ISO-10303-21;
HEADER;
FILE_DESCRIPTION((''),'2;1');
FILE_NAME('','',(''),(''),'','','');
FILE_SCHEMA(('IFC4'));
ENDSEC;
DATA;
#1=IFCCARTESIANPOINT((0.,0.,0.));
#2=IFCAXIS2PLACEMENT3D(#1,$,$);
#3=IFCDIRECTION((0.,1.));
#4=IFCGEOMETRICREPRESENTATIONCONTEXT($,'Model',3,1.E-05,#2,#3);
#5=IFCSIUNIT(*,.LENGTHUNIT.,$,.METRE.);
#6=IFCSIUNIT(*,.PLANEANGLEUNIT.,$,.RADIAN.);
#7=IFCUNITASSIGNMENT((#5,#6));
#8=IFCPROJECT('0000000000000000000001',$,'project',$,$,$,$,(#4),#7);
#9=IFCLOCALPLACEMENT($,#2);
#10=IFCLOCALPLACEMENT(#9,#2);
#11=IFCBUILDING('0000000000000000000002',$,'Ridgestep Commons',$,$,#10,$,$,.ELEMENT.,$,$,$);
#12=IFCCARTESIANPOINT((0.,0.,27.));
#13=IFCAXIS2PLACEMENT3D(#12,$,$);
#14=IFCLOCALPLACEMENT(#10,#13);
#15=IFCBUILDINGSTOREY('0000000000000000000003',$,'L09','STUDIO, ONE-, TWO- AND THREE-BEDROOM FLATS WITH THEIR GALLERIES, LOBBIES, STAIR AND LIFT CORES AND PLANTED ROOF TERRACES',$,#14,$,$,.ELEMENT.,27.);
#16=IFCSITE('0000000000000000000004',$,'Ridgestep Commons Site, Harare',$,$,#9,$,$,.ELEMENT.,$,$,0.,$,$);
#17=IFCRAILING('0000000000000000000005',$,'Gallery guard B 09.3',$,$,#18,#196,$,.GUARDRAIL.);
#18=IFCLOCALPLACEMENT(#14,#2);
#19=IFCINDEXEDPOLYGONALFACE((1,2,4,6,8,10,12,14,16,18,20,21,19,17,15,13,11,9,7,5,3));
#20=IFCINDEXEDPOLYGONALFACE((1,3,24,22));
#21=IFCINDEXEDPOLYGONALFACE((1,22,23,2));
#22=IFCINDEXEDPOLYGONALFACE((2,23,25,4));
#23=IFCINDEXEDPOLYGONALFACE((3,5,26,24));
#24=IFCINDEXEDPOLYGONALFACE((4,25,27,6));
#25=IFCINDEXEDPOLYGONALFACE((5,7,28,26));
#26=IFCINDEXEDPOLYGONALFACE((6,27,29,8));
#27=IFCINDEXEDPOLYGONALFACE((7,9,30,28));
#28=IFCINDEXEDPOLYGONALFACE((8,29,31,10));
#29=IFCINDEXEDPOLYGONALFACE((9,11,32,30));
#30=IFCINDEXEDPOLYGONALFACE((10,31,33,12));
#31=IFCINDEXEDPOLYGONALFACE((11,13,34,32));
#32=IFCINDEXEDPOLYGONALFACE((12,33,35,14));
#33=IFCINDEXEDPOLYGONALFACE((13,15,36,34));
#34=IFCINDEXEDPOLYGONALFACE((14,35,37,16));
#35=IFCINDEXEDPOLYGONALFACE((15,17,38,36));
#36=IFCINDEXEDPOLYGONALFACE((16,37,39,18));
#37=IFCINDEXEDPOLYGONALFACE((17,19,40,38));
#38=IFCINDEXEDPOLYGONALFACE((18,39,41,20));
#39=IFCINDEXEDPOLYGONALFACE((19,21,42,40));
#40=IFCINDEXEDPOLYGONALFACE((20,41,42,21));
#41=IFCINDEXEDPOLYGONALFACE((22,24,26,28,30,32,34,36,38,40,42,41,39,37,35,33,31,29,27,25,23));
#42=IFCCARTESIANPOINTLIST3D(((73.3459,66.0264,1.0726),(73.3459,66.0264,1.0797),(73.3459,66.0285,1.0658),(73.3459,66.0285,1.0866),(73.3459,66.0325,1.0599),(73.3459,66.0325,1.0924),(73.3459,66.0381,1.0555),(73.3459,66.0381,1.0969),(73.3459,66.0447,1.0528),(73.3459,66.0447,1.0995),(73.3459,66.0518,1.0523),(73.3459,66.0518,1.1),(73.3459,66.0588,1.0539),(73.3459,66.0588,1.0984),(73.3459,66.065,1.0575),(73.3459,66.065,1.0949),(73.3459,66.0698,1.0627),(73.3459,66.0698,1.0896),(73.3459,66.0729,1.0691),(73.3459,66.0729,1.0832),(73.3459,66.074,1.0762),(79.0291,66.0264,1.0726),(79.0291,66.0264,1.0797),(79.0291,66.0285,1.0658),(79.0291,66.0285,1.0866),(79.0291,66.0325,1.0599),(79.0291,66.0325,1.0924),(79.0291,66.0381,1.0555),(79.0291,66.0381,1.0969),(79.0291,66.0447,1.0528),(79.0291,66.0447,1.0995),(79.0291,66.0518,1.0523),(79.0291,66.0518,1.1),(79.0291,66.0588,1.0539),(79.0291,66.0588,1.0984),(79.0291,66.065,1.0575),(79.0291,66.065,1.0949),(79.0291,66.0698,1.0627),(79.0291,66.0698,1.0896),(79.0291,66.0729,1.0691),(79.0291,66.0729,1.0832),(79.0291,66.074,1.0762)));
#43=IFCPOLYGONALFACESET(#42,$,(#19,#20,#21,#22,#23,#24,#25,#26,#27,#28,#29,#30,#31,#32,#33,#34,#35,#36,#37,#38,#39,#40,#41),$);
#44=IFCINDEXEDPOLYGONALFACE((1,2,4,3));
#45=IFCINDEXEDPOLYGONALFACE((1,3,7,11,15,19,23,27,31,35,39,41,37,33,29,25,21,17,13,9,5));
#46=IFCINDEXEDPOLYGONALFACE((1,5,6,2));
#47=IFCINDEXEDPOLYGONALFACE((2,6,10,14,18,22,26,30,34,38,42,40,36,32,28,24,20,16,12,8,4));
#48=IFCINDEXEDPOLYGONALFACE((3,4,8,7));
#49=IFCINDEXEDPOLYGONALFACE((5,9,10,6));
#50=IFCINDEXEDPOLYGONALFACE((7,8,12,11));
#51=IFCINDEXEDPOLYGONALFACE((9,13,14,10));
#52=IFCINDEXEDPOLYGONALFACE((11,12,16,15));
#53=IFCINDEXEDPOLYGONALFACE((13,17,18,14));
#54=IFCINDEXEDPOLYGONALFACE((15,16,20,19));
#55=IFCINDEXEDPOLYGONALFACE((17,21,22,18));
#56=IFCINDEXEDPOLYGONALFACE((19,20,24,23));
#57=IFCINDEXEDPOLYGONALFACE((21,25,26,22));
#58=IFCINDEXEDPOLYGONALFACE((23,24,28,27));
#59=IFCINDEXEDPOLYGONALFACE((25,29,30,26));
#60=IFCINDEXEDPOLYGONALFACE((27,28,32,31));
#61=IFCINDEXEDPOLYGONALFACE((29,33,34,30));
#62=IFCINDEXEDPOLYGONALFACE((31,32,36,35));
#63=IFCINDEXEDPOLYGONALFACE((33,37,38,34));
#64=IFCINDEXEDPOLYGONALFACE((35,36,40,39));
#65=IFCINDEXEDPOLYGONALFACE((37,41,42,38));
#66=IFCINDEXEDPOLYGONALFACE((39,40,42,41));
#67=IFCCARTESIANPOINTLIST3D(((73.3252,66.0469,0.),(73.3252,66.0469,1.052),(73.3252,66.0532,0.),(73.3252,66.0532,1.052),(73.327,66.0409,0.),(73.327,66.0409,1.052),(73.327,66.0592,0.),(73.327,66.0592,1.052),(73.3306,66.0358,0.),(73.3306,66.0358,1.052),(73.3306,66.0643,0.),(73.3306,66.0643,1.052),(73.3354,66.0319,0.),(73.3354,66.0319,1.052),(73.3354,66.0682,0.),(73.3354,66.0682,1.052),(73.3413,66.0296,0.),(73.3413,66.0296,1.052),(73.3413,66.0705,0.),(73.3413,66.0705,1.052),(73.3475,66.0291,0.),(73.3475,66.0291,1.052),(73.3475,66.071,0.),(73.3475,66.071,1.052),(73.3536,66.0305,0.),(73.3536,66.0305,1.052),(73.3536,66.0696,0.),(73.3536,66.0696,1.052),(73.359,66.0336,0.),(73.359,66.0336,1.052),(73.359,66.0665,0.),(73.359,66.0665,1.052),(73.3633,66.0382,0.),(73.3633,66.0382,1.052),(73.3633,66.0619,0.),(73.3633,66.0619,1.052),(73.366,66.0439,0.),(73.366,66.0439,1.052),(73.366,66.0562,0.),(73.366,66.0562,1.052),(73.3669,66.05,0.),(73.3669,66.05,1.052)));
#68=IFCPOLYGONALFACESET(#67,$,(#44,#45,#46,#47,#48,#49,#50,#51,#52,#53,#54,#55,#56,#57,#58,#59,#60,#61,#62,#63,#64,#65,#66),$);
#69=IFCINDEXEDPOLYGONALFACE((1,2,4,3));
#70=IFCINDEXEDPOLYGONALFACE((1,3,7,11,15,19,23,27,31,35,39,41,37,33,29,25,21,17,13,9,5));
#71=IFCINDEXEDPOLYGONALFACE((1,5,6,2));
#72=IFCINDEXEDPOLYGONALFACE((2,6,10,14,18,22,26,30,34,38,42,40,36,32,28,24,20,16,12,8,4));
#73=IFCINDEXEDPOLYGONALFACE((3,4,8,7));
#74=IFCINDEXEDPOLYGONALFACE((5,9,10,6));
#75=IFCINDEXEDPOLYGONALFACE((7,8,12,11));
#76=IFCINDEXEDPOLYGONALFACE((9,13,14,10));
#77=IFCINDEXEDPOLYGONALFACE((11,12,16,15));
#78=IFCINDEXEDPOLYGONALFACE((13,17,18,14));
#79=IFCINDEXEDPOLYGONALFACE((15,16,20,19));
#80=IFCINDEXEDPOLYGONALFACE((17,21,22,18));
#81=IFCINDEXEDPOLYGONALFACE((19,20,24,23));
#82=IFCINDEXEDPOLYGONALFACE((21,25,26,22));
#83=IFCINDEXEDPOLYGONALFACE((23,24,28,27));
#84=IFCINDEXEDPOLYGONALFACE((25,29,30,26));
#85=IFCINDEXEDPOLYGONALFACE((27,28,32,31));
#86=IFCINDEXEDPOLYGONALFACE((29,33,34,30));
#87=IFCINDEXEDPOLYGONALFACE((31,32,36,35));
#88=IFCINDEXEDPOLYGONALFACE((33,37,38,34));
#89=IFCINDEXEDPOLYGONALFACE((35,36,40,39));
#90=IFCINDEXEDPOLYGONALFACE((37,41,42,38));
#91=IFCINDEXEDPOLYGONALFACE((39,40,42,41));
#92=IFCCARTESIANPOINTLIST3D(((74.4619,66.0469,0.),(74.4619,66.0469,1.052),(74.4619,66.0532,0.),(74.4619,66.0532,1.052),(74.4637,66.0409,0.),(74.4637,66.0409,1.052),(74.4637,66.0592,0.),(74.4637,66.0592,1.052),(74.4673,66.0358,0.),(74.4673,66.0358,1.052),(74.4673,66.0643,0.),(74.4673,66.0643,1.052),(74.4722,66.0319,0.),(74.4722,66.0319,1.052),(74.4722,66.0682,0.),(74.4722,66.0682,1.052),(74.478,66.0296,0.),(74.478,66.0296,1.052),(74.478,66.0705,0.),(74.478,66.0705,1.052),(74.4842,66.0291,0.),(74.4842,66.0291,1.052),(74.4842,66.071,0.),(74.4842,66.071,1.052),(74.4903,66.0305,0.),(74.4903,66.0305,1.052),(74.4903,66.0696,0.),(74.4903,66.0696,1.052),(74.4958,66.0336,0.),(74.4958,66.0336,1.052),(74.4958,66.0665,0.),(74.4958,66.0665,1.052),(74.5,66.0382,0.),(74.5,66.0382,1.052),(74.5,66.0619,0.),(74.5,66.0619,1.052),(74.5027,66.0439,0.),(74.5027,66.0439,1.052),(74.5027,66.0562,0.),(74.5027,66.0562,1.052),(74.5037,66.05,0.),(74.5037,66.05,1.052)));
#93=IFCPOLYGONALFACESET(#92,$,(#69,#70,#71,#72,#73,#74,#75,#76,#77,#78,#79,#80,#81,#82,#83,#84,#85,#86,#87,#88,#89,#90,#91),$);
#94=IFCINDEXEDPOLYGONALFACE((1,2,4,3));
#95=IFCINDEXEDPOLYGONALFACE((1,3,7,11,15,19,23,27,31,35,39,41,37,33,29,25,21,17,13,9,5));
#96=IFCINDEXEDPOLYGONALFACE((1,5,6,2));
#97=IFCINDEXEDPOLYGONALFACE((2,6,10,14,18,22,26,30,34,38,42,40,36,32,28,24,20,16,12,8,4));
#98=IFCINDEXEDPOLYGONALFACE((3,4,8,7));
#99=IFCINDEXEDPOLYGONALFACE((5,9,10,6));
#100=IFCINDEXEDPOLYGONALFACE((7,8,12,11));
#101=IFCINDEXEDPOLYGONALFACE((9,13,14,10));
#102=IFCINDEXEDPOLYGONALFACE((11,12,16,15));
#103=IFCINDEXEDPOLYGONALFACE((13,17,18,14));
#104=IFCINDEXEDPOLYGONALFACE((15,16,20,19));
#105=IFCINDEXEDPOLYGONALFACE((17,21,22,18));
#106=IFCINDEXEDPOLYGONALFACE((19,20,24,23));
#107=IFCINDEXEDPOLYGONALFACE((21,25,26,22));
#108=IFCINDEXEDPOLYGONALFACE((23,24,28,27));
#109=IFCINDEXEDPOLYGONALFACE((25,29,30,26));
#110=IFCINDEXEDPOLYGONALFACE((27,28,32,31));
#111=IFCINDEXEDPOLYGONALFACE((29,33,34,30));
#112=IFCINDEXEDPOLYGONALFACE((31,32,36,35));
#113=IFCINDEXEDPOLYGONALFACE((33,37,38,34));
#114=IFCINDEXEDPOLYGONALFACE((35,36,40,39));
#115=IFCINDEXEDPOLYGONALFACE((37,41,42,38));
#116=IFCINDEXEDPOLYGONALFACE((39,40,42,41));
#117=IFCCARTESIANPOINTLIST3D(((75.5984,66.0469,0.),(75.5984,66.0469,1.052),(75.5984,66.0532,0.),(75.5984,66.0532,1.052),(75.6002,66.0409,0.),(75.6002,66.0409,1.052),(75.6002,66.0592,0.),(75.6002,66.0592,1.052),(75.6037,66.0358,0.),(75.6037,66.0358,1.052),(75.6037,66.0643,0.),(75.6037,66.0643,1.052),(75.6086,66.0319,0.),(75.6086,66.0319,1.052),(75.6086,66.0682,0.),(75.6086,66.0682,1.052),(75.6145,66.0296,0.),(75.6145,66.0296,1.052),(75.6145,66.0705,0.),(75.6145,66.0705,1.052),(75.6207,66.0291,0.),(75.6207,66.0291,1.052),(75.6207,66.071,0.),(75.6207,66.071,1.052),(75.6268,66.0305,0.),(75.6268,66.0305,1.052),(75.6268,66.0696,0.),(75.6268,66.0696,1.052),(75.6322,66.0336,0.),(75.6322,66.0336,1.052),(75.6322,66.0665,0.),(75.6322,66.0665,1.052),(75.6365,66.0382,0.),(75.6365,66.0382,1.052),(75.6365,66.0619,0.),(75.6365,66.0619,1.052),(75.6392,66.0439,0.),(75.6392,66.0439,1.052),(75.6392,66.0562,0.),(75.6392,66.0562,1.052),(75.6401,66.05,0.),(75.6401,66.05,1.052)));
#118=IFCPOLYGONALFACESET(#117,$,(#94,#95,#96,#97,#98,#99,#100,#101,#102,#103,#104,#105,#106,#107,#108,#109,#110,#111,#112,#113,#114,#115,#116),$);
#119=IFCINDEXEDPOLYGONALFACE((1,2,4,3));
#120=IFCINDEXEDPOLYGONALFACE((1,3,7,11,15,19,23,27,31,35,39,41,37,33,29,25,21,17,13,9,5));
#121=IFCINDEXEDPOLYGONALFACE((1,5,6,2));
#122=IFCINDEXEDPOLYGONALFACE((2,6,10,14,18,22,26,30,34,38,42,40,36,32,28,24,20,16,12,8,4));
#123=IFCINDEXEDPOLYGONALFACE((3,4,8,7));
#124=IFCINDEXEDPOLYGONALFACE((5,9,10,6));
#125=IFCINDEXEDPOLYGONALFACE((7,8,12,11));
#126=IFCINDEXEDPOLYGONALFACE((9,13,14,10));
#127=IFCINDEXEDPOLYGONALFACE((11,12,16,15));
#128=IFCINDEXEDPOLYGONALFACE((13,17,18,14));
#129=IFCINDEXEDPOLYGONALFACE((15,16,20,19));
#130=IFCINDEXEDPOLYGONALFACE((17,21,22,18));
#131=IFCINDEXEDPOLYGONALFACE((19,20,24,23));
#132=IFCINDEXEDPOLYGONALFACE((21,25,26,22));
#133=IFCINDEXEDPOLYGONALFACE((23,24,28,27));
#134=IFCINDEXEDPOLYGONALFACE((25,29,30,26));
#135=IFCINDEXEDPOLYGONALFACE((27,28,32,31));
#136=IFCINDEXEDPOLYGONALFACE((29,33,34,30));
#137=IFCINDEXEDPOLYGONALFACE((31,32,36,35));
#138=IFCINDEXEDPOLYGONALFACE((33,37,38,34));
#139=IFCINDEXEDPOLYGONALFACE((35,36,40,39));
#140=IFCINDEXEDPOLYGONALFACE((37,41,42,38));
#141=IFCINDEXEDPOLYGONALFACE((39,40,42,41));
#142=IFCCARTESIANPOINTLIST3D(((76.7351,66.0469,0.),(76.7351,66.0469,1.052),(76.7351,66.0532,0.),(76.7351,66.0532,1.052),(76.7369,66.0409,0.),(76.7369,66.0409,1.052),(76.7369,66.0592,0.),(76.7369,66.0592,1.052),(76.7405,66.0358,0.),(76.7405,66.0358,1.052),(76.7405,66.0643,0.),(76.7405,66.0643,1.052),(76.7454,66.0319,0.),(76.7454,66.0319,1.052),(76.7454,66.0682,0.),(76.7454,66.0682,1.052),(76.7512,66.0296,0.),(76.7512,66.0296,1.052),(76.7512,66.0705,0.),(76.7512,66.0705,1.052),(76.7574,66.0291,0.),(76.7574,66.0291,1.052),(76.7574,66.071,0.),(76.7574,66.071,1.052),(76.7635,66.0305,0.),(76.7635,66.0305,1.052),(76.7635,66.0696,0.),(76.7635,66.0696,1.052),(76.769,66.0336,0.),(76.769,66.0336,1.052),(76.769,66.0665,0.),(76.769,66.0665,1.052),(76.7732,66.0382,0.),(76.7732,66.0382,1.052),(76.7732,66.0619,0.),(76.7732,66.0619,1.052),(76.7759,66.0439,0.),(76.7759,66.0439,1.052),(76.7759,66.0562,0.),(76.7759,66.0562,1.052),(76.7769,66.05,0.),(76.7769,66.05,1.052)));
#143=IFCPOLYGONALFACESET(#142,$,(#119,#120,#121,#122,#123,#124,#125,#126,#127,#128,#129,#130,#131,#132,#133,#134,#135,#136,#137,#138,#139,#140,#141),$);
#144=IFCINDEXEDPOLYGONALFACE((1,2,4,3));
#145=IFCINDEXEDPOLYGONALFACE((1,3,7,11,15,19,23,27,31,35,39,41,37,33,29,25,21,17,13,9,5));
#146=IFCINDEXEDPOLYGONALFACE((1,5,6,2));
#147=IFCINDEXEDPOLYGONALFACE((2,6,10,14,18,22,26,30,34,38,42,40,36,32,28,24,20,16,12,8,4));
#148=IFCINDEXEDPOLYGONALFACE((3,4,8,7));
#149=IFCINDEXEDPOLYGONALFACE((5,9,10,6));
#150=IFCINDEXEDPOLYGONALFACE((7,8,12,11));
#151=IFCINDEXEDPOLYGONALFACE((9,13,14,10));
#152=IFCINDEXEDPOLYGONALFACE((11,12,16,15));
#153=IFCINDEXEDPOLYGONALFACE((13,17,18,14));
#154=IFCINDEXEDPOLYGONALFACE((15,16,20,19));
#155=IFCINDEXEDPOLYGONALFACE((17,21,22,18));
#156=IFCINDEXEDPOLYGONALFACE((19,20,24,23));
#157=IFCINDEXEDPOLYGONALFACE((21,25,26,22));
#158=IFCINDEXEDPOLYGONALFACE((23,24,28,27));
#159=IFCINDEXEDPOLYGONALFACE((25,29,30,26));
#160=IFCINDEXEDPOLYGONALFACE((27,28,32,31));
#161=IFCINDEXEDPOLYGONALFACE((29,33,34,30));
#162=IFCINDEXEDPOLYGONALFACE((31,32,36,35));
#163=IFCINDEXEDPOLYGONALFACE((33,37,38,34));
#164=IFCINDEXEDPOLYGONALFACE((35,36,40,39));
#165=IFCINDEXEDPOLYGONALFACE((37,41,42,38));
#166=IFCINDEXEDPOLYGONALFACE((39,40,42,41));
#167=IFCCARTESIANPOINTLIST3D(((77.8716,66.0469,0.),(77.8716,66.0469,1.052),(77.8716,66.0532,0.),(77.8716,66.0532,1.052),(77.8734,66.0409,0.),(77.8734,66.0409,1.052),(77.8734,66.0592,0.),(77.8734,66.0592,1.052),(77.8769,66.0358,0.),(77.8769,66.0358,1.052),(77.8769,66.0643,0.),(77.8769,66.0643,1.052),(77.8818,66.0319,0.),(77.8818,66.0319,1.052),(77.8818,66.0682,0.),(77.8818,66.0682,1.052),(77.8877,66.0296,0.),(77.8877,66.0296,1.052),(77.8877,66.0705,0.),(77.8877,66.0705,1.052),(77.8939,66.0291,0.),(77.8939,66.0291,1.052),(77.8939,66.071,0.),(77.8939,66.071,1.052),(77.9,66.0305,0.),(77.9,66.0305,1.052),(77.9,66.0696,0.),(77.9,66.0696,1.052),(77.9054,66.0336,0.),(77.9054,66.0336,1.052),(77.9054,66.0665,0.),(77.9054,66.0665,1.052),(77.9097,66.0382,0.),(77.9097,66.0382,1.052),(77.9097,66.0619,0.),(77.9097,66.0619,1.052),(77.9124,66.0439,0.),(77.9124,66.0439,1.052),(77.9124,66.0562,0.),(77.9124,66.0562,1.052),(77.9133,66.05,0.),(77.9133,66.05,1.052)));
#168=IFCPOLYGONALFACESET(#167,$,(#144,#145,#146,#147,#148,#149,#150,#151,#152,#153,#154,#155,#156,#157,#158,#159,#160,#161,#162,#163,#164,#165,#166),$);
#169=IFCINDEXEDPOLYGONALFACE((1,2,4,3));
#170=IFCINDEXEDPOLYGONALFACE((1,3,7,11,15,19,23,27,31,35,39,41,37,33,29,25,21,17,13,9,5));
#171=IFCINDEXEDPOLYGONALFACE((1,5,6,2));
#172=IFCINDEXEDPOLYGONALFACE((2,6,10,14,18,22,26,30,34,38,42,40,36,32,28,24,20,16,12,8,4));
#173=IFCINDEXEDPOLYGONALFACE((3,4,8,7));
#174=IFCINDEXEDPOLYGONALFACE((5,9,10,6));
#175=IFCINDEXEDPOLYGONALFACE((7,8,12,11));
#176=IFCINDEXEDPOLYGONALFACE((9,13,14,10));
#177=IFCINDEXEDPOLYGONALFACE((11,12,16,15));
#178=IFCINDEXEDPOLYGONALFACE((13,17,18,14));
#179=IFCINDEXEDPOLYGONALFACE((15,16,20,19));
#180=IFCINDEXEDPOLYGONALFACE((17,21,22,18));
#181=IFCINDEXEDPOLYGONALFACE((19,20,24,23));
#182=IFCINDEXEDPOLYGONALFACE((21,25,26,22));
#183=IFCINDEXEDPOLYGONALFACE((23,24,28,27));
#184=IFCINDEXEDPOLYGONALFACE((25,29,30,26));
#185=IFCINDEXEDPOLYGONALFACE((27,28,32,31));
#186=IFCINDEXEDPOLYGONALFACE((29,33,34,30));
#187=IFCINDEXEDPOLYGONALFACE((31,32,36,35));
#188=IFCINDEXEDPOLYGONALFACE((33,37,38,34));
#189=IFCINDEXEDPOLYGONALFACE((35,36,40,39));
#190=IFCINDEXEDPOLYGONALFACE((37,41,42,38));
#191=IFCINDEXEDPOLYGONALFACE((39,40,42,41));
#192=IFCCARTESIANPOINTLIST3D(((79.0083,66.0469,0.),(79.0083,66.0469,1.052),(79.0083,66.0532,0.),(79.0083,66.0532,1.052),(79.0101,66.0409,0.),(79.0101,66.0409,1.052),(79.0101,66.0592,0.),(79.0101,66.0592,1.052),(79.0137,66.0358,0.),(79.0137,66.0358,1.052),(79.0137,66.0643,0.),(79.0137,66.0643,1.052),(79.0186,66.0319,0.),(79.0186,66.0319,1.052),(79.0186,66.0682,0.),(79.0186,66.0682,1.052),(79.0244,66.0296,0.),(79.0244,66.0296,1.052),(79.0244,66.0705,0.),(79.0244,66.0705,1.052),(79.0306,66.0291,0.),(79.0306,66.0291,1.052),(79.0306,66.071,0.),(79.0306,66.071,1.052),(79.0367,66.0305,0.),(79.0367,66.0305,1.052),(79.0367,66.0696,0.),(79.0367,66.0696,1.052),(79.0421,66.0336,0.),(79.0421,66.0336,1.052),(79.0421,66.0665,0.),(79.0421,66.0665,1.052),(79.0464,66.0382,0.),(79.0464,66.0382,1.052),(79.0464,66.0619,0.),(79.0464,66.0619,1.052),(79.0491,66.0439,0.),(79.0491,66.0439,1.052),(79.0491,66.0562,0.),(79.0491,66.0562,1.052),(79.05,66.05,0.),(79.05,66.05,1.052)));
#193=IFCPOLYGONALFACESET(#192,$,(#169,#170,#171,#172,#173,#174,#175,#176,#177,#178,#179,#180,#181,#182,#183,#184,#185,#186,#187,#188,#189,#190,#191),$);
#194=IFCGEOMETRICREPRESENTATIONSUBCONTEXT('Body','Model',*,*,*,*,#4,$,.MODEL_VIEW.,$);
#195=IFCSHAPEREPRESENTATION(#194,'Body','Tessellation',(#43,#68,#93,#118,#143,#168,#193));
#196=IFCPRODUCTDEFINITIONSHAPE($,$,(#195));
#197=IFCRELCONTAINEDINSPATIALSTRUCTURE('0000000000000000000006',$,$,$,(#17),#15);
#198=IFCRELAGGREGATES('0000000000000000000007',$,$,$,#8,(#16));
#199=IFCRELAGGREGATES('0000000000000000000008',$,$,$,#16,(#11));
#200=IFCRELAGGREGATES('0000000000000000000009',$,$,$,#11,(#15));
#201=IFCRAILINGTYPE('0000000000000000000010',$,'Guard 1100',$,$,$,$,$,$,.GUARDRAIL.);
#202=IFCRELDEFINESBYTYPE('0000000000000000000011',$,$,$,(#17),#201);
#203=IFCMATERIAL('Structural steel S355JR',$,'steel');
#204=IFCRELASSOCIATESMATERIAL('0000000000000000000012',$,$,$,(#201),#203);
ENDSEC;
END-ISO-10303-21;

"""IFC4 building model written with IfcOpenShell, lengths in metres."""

from ifc_helpers import new_model, si_unit, direction, frame, origin, origin_2d, place, context, subcontext, project, spatial, circle, extrude, material, type_object, element, save


model = new_model("IFC4")

# Units and contexts
model_context = context("Model", 3, precision=1e-05, world=origin(), true_north=direction((0.0, 1.0)))
body_context = subcontext(model_context, "Body", "Model", "MODEL_VIEW")
ifc_project = project(units=[si_unit("LENGTHUNIT", "METRE"), si_unit("PLANEANGLEUNIT", "RADIAN")], contexts=[model_context])

# Site, building, storey
site_placement = place(None, origin())
site = spatial("IfcSite", under=ifc_project, at=site_placement, Name="Ridgestep Commons Site, Harare", CompositionType="ELEMENT", RefElevation=0.0)
building_placement = place(site_placement, origin())
building = spatial("IfcBuilding", under=site, at=building_placement, Name="Ridgestep Commons", CompositionType="ELEMENT")
storey_placement = place(building_placement, frame((0.0, 0.0, 27.0)))
storey = spatial("IfcBuildingStorey", under=building, at=storey_placement, Name="L09", Description="STUDIO, ONE-, TWO- AND THREE-BEDROOM FLATS WITH THEIR GALLERIES, LOBBIES, STAIR AND LIFT CORES AND PLANTED ROOF TERRACES", CompositionType="ELEMENT", Elevation=27.0)

# Railing
ifc_material_1 = material(Name="Structural steel S355JR", Category="steel")
railing_type_1 = type_object("IfcRailingType", Name="Guard 1100", PredefinedType="GUARDRAIL", material=ifc_material_1)
railing_1_placement = place(storey_placement, frame((73.3459, 66.05, 0.0)))
element("IfcRailing", 1, at=railing_1_placement, inside=storey, type_object=railing_type_1, Name="Gallery guard B 09.3", PredefinedType="GUARDRAIL", context=body_context, shape_type="SweptSolid", body=[
    extrude(circle(Radius=0.0239, at=origin_2d()), frame((0.0, 0.0, 1.0762), z_axis=(1.0, 0.0, 0.0), x_axis=(0.0, 1.0, 0.0)), (0.0, 0.0, 1.0), 5.6831),
    extrude(circle(Radius=0.021, at=origin_2d()), origin(), (0.0, 0.0, 1.0), 1.052),
    extrude(circle(Radius=0.021, at=origin_2d()), frame((1.1367, 0.0, 0.0)), (0.0, 0.0, 1.0), 1.052),
    extrude(circle(Radius=0.021, at=origin_2d()), frame((2.2732, 0.0, 0.0)), (0.0, 0.0, 1.0), 1.052),
    extrude(circle(Radius=0.021, at=origin_2d()), frame((3.4099, 0.0, 0.0)), (0.0, 0.0, 1.0), 1.052),
    extrude(circle(Radius=0.021, at=origin_2d()), frame((4.5464, 0.0, 0.0)), (0.0, 0.0, 1.0), 1.052),
    extrude(circle(Radius=0.021, at=origin_2d()), frame((5.6831, 0.0, 0.0)), (0.0, 0.0, 1.0), 1.052),
])

save(model, "model.ifc")
